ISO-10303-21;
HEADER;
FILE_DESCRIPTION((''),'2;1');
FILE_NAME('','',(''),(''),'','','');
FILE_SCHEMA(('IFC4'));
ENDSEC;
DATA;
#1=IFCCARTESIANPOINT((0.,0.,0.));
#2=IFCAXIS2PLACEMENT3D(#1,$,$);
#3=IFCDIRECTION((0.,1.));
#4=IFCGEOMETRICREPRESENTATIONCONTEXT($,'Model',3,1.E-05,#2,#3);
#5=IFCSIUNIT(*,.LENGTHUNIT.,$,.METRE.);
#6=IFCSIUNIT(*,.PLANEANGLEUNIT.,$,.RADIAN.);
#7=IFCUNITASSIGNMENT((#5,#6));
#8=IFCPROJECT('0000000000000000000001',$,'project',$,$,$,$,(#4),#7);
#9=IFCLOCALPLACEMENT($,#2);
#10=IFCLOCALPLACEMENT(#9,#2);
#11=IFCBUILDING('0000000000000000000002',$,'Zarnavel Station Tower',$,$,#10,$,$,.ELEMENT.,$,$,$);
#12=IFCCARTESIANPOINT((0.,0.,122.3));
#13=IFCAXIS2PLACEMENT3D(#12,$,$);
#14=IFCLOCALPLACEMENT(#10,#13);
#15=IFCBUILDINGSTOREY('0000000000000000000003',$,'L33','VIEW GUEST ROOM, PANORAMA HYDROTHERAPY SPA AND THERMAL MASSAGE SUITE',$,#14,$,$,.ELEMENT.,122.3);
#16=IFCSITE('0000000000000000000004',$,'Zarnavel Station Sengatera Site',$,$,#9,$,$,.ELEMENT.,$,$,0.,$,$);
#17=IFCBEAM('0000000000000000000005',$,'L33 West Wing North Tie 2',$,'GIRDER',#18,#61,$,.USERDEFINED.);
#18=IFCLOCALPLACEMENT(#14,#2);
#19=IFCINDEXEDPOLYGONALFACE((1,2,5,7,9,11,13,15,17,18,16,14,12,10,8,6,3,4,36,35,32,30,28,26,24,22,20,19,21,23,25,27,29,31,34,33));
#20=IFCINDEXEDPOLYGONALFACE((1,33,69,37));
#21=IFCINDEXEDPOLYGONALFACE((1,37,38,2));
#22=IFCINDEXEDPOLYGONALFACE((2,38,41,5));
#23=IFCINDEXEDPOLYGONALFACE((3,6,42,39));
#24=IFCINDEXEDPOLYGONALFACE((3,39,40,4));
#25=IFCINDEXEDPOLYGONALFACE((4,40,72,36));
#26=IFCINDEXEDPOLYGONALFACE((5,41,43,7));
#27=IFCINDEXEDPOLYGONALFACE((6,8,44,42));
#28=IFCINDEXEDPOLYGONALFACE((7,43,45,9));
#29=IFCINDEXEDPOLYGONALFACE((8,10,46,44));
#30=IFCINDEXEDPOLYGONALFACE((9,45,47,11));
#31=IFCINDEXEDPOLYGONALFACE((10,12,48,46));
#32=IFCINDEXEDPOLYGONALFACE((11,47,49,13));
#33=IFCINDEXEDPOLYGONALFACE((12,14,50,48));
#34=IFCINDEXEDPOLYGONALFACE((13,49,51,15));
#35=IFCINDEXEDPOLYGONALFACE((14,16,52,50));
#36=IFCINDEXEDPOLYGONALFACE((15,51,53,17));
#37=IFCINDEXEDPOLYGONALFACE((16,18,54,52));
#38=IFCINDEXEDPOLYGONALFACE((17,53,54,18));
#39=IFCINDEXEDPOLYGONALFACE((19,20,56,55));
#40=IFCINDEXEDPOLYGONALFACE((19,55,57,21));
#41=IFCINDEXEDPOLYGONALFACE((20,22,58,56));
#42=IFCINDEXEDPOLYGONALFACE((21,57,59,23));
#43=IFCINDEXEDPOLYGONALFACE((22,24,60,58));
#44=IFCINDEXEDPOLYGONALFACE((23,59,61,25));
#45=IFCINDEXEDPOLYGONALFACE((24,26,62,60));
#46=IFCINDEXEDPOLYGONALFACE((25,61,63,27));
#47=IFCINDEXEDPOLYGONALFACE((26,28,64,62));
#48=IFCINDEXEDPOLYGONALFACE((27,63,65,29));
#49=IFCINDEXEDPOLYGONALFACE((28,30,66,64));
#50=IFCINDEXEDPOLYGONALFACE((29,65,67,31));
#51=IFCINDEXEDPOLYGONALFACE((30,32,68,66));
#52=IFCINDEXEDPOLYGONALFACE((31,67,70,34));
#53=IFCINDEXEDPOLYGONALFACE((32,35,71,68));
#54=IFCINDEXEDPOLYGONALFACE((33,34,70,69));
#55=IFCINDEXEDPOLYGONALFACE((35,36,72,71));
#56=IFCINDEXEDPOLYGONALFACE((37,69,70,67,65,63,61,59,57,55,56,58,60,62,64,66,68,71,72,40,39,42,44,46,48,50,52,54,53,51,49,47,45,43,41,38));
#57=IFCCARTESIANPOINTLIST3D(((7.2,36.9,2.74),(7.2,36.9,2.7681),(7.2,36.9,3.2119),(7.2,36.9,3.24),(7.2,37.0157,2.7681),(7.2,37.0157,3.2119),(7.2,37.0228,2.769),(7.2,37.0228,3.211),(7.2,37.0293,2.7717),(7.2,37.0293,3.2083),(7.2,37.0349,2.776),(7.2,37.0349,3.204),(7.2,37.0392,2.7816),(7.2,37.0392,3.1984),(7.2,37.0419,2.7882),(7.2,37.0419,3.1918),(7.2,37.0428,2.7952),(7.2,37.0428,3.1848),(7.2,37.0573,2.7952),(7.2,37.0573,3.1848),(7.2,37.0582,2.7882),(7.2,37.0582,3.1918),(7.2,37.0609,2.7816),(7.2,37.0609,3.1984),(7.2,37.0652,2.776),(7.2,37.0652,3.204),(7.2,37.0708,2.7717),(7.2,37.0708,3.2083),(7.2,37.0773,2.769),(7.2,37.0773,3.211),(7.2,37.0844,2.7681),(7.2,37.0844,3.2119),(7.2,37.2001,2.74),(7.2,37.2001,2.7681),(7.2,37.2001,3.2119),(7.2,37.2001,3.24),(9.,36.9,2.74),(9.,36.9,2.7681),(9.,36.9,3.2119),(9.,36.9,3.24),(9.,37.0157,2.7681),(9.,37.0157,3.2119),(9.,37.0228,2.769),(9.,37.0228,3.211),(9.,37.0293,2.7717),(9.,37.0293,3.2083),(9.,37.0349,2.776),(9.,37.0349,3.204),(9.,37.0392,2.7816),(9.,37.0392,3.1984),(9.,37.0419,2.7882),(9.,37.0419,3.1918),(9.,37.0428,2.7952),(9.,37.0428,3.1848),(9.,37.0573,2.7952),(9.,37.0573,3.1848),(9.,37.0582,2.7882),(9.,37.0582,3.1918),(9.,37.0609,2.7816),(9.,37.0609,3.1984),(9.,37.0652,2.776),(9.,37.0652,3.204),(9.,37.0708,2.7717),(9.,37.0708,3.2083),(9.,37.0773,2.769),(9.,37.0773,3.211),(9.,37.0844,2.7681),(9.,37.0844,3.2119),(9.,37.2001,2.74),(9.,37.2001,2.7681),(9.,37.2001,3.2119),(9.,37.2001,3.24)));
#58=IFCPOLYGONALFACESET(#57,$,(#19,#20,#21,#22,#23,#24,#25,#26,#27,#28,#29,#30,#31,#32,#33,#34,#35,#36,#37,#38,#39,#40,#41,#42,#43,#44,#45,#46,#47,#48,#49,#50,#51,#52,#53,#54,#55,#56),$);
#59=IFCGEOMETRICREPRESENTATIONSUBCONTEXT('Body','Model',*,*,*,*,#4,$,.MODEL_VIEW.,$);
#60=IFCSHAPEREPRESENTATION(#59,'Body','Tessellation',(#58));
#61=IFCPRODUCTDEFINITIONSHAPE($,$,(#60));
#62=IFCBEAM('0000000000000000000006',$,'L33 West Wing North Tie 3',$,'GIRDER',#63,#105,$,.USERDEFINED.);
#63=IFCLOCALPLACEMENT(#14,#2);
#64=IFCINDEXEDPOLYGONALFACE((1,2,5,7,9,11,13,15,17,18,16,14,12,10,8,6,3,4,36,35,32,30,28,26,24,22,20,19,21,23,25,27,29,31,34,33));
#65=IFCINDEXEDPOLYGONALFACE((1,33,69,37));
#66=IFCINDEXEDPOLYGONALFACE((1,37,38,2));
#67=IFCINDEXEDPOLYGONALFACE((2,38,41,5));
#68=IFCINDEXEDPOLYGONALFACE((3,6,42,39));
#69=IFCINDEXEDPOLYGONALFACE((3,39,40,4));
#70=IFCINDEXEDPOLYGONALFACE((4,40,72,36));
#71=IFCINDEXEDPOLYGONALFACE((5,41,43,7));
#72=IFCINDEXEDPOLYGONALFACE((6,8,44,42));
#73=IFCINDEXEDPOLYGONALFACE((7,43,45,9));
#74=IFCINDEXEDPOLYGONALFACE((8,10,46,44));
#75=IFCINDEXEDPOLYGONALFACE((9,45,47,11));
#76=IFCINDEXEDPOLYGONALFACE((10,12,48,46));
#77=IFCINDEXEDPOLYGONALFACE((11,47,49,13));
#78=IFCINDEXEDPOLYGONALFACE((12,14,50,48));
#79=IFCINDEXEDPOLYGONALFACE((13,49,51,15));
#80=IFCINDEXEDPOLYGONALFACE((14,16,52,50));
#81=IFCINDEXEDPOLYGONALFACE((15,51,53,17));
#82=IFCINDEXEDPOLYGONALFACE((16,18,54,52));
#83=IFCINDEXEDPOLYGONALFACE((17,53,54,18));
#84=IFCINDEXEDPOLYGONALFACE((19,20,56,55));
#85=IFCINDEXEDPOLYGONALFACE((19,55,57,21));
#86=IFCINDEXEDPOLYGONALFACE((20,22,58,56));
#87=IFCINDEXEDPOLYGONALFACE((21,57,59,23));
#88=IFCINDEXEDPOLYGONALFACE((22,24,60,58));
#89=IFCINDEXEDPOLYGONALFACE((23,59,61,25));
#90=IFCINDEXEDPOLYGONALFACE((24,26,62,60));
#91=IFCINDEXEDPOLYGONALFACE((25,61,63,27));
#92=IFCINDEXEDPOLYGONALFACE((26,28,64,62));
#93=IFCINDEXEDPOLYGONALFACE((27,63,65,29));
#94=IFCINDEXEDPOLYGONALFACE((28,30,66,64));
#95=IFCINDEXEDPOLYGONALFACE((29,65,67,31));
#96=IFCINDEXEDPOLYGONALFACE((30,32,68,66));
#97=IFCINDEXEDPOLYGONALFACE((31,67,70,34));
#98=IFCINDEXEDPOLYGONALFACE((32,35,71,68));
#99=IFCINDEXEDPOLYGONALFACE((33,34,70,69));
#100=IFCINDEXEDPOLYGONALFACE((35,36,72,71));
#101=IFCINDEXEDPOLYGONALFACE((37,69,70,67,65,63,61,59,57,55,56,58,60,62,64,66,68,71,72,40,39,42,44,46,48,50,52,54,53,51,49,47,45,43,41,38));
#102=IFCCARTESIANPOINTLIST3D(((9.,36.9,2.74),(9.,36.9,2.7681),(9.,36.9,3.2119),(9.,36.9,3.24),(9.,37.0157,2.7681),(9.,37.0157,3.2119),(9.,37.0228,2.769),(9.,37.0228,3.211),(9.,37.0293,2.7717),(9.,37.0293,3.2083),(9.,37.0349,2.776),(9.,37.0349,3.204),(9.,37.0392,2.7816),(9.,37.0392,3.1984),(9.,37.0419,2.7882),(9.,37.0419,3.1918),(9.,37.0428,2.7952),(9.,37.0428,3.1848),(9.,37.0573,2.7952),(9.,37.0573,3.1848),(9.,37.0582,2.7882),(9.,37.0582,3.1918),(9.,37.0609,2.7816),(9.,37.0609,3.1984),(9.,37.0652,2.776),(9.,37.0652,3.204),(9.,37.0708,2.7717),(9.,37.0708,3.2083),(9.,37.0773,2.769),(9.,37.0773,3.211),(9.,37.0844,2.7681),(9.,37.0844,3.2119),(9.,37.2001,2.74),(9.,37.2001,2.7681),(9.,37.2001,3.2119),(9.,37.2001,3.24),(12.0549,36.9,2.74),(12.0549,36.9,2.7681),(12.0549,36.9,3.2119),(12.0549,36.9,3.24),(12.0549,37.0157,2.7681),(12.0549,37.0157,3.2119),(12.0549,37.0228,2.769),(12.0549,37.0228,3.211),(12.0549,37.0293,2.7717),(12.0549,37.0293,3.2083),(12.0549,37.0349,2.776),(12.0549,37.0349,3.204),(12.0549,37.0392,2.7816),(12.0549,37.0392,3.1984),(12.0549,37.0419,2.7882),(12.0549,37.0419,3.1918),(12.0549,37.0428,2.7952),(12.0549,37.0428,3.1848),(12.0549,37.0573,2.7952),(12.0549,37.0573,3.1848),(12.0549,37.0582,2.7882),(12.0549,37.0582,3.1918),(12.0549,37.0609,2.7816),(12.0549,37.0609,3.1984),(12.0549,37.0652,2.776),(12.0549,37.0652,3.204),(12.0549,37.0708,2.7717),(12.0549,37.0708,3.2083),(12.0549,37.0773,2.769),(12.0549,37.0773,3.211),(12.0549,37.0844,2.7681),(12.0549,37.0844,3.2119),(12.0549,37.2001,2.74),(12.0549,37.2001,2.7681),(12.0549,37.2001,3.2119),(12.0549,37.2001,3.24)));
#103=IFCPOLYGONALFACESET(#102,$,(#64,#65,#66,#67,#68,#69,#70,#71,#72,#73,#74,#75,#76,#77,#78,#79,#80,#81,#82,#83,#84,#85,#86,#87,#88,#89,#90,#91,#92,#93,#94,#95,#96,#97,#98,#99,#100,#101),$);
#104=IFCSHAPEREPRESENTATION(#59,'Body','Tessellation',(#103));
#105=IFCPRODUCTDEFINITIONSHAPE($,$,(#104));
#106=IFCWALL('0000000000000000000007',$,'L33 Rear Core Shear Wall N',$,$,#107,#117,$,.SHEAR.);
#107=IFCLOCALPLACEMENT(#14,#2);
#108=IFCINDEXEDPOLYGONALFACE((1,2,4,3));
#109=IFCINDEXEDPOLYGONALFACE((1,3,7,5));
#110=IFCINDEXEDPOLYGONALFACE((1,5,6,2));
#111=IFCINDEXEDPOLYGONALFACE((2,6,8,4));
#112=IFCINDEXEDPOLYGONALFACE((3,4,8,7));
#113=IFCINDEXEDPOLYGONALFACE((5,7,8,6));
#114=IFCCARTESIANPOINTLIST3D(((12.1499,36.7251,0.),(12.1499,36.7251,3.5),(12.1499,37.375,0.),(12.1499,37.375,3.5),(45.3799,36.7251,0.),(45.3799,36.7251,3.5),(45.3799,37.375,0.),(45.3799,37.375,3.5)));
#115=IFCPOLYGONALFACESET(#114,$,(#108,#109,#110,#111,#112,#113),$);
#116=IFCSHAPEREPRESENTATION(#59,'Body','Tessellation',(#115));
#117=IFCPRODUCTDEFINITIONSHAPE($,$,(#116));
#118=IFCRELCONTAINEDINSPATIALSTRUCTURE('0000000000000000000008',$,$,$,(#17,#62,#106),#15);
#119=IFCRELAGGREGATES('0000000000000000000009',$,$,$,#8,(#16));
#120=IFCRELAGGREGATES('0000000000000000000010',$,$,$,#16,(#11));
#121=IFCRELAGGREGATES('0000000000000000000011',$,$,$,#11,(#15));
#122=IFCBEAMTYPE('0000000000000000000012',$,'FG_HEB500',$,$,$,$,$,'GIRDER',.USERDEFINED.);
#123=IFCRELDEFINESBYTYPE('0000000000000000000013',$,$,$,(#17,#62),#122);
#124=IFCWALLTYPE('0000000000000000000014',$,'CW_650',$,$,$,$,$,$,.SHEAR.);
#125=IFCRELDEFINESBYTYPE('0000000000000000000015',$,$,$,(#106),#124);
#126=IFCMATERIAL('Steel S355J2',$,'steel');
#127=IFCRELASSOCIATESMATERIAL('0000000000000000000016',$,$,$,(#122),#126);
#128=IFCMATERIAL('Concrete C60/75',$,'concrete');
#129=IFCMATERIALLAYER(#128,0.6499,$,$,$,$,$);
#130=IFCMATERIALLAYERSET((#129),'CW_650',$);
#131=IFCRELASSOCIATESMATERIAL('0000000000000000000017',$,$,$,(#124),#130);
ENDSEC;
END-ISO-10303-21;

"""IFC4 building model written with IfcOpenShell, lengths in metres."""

from ifc_helpers import new_model, si_unit, direction, frame, frame_2d, origin, origin_2d, place, context, subcontext, project, spatial, rectangle, i_section, extrude, material, layer, layer_set, material_profile, profile_set, type_object, element, save


model = new_model("IFC4")

# Units and contexts
model_context = context("Model", 3, precision=1e-05, world=origin(), true_north=direction((0.0, 1.0)))
body_context = subcontext(model_context, "Body", "Model", "MODEL_VIEW")
ifc_project = project(units=[si_unit("LENGTHUNIT", "METRE"), si_unit("PLANEANGLEUNIT", "RADIAN")], contexts=[model_context])

# Site, building, storey
site_placement = place(None, origin())
site = spatial("IfcSite", under=ifc_project, at=site_placement, Name="Zarnavel Station Sengatera Site", CompositionType="ELEMENT", RefElevation=0.0)
building_placement = place(site_placement, origin())
building = spatial("IfcBuilding", under=site, at=building_placement, Name="Zarnavel Station Tower", CompositionType="ELEMENT")
storey_placement = place(building_placement, frame((0.0, 0.0, 122.3)))
storey = spatial("IfcBuildingStorey", under=building, at=storey_placement, Name="L33", Description="VIEW GUEST ROOM, PANORAMA HYDROTHERAPY SPA AND THERMAL MASSAGE SUITE", CompositionType="ELEMENT", Elevation=122.3)

# Beams
ifc_material_1 = material(Name="Steel S355J2", Category="steel")
ifc_material_profile_1 = material_profile(ifc_material_1, i_section(OverallWidth=0.3, OverallDepth=0.5, WebThickness=0.0144, FlangeThickness=0.0281, FilletRadius=0.0271, at=origin_2d()), Name="HEB500")
ifc_profile_set_1 = profile_set([ifc_material_profile_1], Name="Steel S355J2")
beam_type = type_object("IfcBeamType", Name="FG_HEB500", ElementType="GIRDER", PredefinedType="USERDEFINED", material=ifc_profile_set_1)
beam_1_placement = place(storey_placement, frame((7.2, 37.05, 2.99), z_axis=(1.0, 0.0, 0.0), x_axis=(0.0, 1.0, 0.0)))
element("IfcBeam", 1, at=beam_1_placement, inside=storey, type_object=beam_type, Name="L33 West Wing North Tie 2", ObjectType="GIRDER", PredefinedType="USERDEFINED", context=body_context, shape_type="SweptSolid", body=[
    extrude(i_section(OverallWidth=0.3, OverallDepth=0.5, WebThickness=0.0144, FlangeThickness=0.0281, FilletRadius=0.0271, at=origin_2d()), origin(), (0.0, 0.0, 1.0), 1.8),
])
beam_2_placement = place(storey_placement, frame((9.0, 37.05, 2.99), z_axis=(1.0, 0.0, 0.0), x_axis=(0.0, 1.0, 0.0)))
element("IfcBeam", 2, at=beam_2_placement, inside=storey, type_object=beam_type, Name="L33 West Wing North Tie 3", ObjectType="GIRDER", PredefinedType="USERDEFINED", context=body_context, shape_type="SweptSolid", body=[
    extrude(i_section(OverallWidth=0.3, OverallDepth=0.5, WebThickness=0.0144, FlangeThickness=0.0281, FilletRadius=0.0271, at=origin_2d()), origin(), (0.0, 0.0, 1.0), 3.0549),
])

# Wall
ifc_material_2 = material(Name="Concrete C60/75", Category="concrete")
ifc_layer_1 = layer(ifc_material_2, 0.6499)
ifc_layer_set_1 = layer_set([ifc_layer_1], Name="CW_650")
wall_type_1 = type_object("IfcWallType", Name="CW_650", PredefinedType="SHEAR", material=ifc_layer_set_1)
wall_1_placement = place(storey_placement, frame((12.1499, 37.05, 0.0), z_axis=(0.0, 0.0, 1.0), x_axis=(1.0, 0.0, 0.0)))
element("IfcWall", 3, at=wall_1_placement, inside=storey, type_object=wall_type_1, Name="L33 Rear Core Shear Wall N", PredefinedType="SHEAR", context=body_context, shape_type="SweptSolid", body=[
    extrude(rectangle(XDim=33.23, YDim=0.6499, at=frame_2d((16.615, 0.0))), origin(), (0.0, 0.0, 1.0), 3.5),
])

save(model, "model.ifc")
